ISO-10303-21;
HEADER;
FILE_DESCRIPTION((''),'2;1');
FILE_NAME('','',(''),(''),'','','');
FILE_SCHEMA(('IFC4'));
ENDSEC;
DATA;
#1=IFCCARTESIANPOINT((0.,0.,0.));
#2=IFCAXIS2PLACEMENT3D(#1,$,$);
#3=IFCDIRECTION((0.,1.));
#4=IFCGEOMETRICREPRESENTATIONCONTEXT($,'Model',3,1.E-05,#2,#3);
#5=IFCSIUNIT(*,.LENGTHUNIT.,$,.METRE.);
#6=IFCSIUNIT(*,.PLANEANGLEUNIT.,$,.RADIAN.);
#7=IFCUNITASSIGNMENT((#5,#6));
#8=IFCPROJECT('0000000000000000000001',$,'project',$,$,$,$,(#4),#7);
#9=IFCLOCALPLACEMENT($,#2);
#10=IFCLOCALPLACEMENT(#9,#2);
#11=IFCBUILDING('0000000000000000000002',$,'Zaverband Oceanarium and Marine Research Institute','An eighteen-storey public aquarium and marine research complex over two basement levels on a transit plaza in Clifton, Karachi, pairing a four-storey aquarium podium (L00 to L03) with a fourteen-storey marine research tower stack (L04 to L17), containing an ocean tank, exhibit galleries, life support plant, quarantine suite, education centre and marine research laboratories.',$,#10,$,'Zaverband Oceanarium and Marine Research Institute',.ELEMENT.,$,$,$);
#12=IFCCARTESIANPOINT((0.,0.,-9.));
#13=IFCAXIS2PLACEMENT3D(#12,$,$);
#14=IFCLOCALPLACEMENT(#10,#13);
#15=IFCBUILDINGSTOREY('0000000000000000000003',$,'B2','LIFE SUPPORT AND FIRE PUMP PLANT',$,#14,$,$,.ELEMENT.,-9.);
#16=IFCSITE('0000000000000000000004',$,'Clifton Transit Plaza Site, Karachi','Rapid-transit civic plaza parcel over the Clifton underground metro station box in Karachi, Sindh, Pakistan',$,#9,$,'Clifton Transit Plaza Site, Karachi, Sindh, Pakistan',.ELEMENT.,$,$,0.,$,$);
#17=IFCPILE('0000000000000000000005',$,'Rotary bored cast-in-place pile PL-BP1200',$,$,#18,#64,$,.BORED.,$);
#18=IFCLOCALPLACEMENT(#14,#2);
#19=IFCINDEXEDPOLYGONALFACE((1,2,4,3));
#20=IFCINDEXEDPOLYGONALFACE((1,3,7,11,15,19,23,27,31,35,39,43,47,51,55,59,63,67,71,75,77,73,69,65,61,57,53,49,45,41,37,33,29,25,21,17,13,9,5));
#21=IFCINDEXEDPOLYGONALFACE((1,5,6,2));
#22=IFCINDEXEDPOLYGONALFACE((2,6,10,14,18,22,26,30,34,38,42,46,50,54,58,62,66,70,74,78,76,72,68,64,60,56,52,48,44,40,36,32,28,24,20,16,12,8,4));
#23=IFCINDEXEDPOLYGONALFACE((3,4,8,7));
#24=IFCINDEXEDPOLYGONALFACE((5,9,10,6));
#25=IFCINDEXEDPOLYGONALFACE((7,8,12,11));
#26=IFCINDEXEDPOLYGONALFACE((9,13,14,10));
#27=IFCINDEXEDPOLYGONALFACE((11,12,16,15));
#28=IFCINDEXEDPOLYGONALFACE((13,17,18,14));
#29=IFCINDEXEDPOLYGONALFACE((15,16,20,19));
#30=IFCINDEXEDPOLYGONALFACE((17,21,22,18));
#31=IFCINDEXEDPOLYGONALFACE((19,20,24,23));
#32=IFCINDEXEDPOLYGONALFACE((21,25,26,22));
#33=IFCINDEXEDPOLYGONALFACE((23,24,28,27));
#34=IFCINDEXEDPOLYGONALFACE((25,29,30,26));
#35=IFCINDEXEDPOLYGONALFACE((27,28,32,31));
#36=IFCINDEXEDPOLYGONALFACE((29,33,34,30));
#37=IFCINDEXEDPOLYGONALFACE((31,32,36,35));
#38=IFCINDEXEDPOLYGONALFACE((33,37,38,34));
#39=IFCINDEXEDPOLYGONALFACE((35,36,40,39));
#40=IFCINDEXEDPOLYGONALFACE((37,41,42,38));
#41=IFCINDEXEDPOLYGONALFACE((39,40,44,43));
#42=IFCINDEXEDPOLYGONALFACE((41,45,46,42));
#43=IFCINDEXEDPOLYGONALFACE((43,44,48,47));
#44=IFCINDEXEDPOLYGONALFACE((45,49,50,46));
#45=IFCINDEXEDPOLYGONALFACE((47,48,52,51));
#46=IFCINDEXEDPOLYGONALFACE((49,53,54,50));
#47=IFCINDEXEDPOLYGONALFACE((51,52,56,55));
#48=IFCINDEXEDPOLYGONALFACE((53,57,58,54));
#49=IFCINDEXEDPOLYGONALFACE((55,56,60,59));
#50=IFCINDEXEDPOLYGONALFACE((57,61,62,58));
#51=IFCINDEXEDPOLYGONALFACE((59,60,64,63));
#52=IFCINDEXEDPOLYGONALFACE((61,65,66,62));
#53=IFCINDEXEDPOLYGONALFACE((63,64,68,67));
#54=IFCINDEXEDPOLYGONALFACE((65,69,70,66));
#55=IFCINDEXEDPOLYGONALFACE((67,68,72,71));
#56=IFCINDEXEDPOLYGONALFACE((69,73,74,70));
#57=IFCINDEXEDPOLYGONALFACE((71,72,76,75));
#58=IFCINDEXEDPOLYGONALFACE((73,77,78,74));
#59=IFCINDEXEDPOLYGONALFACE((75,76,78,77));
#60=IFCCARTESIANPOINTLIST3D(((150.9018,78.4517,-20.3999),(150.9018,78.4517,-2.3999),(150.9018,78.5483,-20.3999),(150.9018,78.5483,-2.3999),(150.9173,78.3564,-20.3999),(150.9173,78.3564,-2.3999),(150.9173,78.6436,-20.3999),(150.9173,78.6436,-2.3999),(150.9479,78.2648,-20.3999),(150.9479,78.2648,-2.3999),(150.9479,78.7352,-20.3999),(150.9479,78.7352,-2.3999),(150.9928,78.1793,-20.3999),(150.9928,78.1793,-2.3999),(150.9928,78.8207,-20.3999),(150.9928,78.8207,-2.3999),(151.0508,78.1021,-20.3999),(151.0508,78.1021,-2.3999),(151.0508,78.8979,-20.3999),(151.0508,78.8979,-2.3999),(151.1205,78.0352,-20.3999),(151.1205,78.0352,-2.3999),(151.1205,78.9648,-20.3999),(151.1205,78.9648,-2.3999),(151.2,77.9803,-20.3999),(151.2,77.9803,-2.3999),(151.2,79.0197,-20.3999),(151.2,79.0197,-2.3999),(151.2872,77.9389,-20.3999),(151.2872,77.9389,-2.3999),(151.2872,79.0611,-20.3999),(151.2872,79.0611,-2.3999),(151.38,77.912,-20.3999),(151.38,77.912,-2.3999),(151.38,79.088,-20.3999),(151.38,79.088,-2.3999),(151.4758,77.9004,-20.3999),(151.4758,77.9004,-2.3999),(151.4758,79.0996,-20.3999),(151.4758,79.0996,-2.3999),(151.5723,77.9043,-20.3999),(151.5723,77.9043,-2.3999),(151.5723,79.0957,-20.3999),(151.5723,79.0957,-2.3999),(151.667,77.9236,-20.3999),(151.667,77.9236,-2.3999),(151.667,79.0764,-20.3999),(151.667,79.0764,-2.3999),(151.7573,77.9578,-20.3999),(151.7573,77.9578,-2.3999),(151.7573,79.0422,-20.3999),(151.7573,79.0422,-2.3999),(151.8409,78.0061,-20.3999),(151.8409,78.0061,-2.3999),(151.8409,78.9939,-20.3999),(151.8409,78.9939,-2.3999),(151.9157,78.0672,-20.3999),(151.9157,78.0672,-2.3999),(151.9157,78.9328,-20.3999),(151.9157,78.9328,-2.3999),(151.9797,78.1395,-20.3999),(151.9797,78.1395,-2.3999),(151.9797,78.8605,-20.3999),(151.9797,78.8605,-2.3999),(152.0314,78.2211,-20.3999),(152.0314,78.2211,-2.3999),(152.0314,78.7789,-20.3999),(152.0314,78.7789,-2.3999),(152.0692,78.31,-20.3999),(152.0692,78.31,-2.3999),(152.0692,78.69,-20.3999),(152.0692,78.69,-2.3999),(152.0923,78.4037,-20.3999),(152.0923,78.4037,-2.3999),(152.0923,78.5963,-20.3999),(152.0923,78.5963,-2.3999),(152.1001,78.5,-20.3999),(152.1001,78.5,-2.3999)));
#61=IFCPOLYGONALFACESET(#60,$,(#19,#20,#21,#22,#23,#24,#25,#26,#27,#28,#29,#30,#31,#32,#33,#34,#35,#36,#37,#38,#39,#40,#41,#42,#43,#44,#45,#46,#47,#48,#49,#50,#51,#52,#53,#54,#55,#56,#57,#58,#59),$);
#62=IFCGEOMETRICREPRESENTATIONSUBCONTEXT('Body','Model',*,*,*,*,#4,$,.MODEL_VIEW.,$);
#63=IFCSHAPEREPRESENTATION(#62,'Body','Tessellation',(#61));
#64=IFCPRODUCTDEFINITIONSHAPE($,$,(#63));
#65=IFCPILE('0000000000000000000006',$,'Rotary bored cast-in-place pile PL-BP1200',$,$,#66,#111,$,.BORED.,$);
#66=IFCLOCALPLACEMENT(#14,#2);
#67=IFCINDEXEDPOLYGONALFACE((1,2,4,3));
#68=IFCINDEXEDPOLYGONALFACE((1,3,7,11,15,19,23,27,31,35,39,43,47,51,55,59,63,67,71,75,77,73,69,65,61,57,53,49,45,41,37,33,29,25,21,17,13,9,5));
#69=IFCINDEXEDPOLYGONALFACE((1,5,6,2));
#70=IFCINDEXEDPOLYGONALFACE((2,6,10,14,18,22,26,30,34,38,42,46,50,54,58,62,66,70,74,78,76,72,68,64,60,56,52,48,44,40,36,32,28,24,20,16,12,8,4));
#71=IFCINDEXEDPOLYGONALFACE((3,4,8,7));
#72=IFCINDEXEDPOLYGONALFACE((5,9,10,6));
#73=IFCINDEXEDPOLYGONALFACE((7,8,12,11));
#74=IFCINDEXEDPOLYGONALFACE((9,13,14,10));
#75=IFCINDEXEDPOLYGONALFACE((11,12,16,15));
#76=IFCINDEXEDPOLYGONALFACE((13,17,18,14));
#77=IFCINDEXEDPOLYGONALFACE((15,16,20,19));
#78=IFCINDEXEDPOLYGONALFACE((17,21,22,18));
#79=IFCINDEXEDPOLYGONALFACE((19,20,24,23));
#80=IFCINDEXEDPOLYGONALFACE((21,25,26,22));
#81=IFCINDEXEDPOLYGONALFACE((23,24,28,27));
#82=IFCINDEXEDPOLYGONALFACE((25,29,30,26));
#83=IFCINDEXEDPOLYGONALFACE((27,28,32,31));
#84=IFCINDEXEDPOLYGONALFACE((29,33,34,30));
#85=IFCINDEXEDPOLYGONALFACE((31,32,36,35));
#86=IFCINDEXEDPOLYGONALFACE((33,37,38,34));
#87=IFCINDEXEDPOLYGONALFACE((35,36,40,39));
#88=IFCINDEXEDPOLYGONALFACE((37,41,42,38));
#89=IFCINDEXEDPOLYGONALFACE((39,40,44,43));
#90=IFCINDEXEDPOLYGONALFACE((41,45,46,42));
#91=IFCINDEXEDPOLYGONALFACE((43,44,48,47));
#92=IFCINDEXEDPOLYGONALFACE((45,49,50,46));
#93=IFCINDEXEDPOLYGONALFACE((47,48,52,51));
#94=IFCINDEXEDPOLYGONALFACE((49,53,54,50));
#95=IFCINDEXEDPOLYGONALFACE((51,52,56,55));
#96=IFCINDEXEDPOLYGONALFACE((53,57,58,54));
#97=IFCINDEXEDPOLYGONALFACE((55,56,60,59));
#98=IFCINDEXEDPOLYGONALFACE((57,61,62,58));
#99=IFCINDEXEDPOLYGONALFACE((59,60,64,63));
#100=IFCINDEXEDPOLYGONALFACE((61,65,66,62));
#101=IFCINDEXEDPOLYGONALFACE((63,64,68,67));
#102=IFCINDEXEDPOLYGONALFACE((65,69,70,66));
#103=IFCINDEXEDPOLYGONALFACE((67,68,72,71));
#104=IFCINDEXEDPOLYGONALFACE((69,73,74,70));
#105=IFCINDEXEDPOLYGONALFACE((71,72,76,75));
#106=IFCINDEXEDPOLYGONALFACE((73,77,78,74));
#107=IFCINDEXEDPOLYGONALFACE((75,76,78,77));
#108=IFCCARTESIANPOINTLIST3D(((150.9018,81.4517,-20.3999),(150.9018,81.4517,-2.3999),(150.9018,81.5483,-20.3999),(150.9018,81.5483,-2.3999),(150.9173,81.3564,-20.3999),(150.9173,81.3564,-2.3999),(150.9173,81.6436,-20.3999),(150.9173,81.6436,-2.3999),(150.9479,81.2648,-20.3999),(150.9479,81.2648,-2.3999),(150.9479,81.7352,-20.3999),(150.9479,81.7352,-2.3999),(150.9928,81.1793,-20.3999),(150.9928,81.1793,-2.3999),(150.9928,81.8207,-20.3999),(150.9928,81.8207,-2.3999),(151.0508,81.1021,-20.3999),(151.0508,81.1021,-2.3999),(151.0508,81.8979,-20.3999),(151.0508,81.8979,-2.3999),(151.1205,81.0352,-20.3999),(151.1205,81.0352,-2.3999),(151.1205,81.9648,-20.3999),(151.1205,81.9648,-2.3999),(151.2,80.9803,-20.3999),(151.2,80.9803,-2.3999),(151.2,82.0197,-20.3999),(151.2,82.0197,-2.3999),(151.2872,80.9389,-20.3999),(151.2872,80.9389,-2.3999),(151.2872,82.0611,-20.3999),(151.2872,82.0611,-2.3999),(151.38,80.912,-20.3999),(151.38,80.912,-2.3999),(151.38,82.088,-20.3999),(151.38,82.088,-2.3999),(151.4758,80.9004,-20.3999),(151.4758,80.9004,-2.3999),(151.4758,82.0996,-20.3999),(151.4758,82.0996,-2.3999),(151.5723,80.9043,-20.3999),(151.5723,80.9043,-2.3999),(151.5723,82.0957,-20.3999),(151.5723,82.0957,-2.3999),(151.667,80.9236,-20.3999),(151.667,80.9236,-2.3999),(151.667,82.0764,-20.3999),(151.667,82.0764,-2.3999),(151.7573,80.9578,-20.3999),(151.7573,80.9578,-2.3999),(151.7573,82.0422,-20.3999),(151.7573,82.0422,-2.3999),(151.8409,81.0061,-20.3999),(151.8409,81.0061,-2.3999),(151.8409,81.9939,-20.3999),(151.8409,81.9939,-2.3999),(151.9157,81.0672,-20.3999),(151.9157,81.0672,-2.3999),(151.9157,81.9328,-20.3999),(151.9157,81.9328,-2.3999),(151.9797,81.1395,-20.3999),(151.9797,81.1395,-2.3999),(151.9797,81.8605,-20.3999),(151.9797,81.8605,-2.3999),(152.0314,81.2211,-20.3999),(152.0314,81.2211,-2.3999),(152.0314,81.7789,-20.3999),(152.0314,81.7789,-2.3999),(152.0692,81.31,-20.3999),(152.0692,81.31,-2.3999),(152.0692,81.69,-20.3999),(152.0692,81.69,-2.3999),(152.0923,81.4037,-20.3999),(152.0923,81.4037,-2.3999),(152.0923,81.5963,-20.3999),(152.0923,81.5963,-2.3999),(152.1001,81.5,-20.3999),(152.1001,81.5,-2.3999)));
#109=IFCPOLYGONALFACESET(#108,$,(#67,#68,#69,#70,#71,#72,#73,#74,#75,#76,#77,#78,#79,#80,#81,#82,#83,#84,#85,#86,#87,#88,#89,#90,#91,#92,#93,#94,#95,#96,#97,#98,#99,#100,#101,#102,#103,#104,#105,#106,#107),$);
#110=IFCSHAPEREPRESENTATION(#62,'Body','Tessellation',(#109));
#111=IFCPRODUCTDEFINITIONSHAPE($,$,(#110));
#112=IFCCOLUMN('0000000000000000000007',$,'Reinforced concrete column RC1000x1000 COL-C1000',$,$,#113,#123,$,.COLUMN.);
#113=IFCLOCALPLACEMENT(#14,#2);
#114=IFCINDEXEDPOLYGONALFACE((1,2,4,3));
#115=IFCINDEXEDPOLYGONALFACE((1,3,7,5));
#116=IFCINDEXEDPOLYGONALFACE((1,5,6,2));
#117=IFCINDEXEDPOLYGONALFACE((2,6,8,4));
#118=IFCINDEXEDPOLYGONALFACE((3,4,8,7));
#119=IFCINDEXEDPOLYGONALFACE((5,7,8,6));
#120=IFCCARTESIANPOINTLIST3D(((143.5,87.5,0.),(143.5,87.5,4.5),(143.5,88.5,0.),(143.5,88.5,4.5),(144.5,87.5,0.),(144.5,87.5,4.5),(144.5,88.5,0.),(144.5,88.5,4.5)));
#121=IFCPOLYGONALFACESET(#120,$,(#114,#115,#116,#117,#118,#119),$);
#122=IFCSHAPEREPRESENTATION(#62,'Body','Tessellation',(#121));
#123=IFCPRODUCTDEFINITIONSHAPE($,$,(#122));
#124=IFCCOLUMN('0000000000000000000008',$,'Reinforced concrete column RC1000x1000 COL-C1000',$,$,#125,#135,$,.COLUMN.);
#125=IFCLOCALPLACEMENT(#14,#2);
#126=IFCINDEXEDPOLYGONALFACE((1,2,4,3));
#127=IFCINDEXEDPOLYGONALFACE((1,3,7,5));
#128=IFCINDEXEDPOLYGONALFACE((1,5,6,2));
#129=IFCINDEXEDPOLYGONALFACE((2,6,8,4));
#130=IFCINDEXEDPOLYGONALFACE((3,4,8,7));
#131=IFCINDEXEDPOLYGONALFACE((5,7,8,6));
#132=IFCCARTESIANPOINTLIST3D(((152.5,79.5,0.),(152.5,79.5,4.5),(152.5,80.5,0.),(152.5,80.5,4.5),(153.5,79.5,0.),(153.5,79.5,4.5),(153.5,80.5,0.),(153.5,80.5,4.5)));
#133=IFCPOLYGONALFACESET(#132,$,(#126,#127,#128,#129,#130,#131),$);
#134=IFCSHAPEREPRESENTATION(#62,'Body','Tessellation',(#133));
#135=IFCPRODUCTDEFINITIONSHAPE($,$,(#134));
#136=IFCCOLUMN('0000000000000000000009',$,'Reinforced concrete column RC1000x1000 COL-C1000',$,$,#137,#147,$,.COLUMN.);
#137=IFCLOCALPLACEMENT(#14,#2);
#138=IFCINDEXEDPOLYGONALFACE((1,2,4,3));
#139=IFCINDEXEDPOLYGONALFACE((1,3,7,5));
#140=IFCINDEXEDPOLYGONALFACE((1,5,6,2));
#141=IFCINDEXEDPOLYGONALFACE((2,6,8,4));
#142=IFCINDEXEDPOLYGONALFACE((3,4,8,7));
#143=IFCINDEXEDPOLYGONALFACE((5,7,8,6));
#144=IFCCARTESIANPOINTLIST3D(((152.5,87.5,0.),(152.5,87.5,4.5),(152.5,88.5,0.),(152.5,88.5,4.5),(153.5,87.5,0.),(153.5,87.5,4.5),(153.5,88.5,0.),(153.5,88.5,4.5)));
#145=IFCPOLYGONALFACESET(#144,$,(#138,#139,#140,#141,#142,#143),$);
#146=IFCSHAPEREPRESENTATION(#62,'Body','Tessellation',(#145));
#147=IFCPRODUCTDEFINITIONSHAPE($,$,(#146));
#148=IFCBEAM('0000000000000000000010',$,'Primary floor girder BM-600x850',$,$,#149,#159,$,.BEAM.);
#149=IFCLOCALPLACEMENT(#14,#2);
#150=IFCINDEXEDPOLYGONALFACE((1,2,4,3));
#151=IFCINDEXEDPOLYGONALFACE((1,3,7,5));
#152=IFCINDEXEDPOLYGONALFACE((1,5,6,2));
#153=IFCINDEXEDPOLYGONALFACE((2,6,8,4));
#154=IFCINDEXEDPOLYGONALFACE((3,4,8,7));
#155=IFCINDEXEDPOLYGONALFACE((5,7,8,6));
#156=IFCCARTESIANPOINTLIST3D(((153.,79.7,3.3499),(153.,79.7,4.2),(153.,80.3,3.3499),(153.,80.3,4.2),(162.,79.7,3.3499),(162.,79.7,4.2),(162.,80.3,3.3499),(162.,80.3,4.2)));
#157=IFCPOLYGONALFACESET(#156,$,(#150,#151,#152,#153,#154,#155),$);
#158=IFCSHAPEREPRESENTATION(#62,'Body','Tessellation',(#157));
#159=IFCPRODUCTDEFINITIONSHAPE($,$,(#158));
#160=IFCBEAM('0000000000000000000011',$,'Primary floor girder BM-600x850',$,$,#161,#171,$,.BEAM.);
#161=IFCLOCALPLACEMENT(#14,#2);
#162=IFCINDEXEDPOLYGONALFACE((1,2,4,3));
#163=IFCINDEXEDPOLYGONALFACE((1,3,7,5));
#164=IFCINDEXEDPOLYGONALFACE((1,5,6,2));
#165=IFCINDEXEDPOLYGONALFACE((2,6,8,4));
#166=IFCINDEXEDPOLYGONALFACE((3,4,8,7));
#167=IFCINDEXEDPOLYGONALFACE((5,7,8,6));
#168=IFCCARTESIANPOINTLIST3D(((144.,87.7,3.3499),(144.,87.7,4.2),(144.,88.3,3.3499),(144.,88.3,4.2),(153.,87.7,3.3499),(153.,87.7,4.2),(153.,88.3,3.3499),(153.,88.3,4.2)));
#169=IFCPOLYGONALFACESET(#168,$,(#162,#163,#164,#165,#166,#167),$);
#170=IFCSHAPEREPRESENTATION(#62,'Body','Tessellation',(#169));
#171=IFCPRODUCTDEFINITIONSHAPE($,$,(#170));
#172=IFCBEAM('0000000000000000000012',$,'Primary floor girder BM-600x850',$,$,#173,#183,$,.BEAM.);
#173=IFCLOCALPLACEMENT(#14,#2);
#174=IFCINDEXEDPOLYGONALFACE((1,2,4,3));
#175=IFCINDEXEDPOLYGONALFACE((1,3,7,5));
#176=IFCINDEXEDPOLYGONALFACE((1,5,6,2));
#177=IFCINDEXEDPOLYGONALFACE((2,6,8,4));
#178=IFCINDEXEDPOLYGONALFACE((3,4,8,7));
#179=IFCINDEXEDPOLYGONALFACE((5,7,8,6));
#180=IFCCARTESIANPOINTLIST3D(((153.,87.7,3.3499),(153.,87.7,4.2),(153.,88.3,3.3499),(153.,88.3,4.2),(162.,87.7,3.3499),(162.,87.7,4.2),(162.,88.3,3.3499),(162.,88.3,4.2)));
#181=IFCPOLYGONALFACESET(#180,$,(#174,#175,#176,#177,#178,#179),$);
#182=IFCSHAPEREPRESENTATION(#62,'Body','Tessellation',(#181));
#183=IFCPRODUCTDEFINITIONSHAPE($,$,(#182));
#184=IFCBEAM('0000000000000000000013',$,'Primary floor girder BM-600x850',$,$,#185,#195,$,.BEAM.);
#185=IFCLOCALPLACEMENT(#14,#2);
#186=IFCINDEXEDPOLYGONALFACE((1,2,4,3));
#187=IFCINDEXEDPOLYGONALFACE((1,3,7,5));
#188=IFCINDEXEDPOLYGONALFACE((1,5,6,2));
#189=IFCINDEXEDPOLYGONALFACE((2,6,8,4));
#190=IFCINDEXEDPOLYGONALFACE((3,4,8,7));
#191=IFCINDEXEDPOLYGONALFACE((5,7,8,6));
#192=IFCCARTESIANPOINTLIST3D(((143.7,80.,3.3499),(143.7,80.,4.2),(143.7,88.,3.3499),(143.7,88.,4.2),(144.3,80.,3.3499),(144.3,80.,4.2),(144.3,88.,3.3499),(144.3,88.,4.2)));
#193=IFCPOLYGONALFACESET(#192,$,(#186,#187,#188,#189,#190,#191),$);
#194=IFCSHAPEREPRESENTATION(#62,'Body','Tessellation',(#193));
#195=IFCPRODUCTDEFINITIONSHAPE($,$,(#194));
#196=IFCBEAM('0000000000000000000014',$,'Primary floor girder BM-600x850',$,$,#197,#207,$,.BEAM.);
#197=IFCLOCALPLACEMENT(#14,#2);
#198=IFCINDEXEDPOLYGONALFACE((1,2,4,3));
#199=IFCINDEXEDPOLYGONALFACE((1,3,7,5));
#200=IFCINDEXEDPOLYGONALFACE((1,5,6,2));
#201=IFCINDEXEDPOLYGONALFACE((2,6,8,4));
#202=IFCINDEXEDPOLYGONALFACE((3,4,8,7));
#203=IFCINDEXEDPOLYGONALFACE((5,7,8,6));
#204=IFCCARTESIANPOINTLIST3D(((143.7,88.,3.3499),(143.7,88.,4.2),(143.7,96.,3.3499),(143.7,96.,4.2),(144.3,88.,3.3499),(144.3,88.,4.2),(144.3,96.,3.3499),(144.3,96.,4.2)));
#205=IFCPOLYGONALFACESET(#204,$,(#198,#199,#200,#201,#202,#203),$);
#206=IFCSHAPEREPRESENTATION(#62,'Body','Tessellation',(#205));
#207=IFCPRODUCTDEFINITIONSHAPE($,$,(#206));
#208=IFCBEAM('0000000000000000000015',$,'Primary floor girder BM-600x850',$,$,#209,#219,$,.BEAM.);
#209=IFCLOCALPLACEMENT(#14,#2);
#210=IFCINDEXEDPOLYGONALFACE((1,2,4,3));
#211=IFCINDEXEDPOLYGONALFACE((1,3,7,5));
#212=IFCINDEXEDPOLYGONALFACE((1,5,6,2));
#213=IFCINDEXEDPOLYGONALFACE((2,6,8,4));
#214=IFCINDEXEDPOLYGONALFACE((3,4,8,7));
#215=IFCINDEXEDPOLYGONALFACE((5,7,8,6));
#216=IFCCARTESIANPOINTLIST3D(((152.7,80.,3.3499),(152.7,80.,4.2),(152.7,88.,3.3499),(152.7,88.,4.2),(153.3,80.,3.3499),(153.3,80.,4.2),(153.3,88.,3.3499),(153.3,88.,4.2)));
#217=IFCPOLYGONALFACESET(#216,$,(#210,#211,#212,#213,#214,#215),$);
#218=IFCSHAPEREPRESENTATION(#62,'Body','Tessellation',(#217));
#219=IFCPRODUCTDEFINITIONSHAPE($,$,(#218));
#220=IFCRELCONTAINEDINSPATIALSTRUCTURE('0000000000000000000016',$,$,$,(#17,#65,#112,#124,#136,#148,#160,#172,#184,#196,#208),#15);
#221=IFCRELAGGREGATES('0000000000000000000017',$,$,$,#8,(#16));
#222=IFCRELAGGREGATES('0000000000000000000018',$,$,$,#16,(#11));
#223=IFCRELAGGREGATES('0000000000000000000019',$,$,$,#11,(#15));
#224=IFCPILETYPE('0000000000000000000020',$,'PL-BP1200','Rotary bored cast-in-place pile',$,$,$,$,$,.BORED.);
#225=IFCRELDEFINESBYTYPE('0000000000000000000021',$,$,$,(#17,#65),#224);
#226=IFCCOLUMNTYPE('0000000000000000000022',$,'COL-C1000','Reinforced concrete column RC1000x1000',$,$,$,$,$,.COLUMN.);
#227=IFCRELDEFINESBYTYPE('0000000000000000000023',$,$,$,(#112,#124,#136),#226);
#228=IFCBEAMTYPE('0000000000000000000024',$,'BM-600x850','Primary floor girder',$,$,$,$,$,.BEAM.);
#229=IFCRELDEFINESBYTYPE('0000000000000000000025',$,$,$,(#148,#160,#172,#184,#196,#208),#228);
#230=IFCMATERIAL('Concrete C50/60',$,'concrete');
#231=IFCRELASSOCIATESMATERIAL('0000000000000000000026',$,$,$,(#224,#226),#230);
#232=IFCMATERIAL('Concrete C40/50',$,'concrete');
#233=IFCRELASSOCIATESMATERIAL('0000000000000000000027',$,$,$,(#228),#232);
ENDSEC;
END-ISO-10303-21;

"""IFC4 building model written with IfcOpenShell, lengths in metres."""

from ifc_helpers import new_model, si_unit, direction, frame, origin, origin_2d, place, context, subcontext, project, spatial, rectangle, circle, extrude, material, material_profile, profile_set, type_object, element, save


model = new_model("IFC4")

# Units and contexts
model_context = context("Model", 3, precision=1e-05, world=origin(), true_north=direction((0.0, 1.0)))
body_context = subcontext(model_context, "Body", "Model", "MODEL_VIEW")
ifc_project = project(units=[si_unit("LENGTHUNIT", "METRE"), si_unit("PLANEANGLEUNIT", "RADIAN")], contexts=[model_context])

# Site, building, storey
site_placement = place(None, origin())
site = spatial("IfcSite", under=ifc_project, at=site_placement, Name="Clifton Transit Plaza Site, Karachi", Description="Rapid-transit civic plaza parcel over the Clifton underground metro station box in Karachi, Sindh, Pakistan", LongName="Clifton Transit Plaza Site, Karachi, Sindh, Pakistan", CompositionType="ELEMENT", RefElevation=0.0)
building_placement = place(site_placement, origin())
building = spatial("IfcBuilding", under=site, at=building_placement, Name="Zaverband Oceanarium and Marine Research Institute", Description="An eighteen-storey public aquarium and marine research complex over two basement levels on a transit plaza in Clifton, Karachi, pairing a four-storey aquarium podium (L00 to L03) with a fourteen-storey marine research tower stack (L04 to L17), containing an ocean tank, exhibit galleries, life support plant, quarantine suite, education centre and marine research laboratories.", LongName="Zaverband Oceanarium and Marine Research Institute", CompositionType="ELEMENT")
storey_placement = place(building_placement, frame((0.0, 0.0, -9.0)))
storey = spatial("IfcBuildingStorey", under=building, at=storey_placement, Name="B2", Description="LIFE SUPPORT AND FIRE PUMP PLANT", CompositionType="ELEMENT", Elevation=-9.0)

# Shared definitions
ifc_material_1 = material(Name="Concrete C50/60", Category="concrete")

# Piles
ifc_material_profile_1 = material_profile(ifc_material_1, circle(Radius=0.6001, at=origin_2d()), Name="BP1200")
ifc_profile_set_1 = profile_set([ifc_material_profile_1], Name="Concrete C50/60")
pile_type_1 = type_object("IfcPileType", Name="PL-BP1200", Description="Rotary bored cast-in-place pile", PredefinedType="BORED", material=ifc_profile_set_1)
for number, where, z_axis, x_axis, name in (
    (1, (151.5, 78.5, -2.3999), (0.0, 0.0, -1.0), (1.0, 0.0, 0.0), "Rotary bored cast-in-place pile PL-BP1200"),
    (2, (151.5, 81.5, -2.3999), (0.0, 0.0, -1.0), (1.0, 0.0, 0.0), "Rotary bored cast-in-place pile PL-BP1200"),
):
    element("IfcPile", number, at=place(storey_placement, frame(where, z_axis=z_axis, x_axis=x_axis)), inside=storey, type_object=pile_type_1, Name=name, PredefinedType="BORED", context=body_context, shape_type="SweptSolid", body=[
        extrude(circle(Radius=0.6001, at=origin_2d()), origin(), (0.0, 0.0, 1.0), 18.0),
    ])

# Columns
ifc_material_profile_2 = material_profile(ifc_material_1, rectangle(XDim=1.0, YDim=1.0, at=origin_2d()), Name="RC1000x1000")
ifc_profile_set_2 = profile_set([ifc_material_profile_2], Name="Concrete C50/60")
column_type = type_object("IfcColumnType", Name="COL-C1000", Description="Reinforced concrete column RC1000x1000", PredefinedType="COLUMN", material=ifc_profile_set_2)
for number, where, z_axis, x_axis, name in (
    (3, (144.0, 88.0, 0.0), (0.0, 0.0, 1.0), (1.0, 0.0, 0.0), "Reinforced concrete column RC1000x1000 COL-C1000"),
    (4, (153.0, 80.0, 0.0), (0.0, 0.0, 1.0), (1.0, 0.0, 0.0), "Reinforced concrete column RC1000x1000 COL-C1000"),
    (5, (153.0, 88.0, 0.0), (0.0, 0.0, 1.0), (1.0, 0.0, 0.0), "Reinforced concrete column RC1000x1000 COL-C1000"),
):
    element("IfcColumn", number, at=place(storey_placement, frame(where, z_axis=z_axis, x_axis=x_axis)), inside=storey, type_object=column_type, Name=name, PredefinedType="COLUMN", context=body_context, shape_type="SweptSolid", body=[
        extrude(rectangle(XDim=1.0, YDim=1.0, at=origin_2d()), origin(), (0.0, 0.0, 1.0), 4.5),
    ])

# Beams
ifc_material_2 = material(Name="Concrete C40/50", Category="concrete")
ifc_material_profile_3 = material_profile(ifc_material_2, rectangle(XDim=0.6001, YDim=0.8501, at=origin_2d()), Name="RC600x850")
ifc_profile_set_3 = profile_set([ifc_material_profile_3], Name="Concrete C40/50")
beam_type_1 = type_object("IfcBeamType", Name="BM-600x850", Description="Primary floor girder", PredefinedType="BEAM", material=ifc_profile_set_3)
for number, where, z_axis, x_axis, name in (
    (6, (153.0, 80.0, 3.7749), (1.0, 0.0, 0.0), (0.0, 1.0, 0.0), "Primary floor girder BM-600x850"),
    (7, (144.0, 88.0, 3.7749), (1.0, 0.0, 0.0), (0.0, 1.0, 0.0), "Primary floor girder BM-600x850"),
    (8, (153.0, 88.0, 3.7749), (1.0, 0.0, 0.0), (0.0, 1.0, 0.0), "Primary floor girder BM-600x850"),
):
    element("IfcBeam", number, at=place(storey_placement, frame(where, z_axis=z_axis, x_axis=x_axis)), inside=storey, type_object=beam_type_1, Name=name, PredefinedType="BEAM", context=body_context, shape_type="SweptSolid", body=[
        extrude(rectangle(XDim=0.6001, YDim=0.8501, at=origin_2d()), origin(), (0.0, 0.0, 1.0), 9.0),
    ])
for number, where, z_axis, x_axis, name in (
    (9, (144.0, 80.0, 3.7749), (0.0, 1.0, 0.0), (-1.0, 0.0, 0.0), "Primary floor girder BM-600x850"),
    (10, (144.0, 88.0, 3.7749), (0.0, 1.0, 0.0), (-1.0, 0.0, 0.0), "Primary floor girder BM-600x850"),
    (11, (153.0, 80.0, 3.7749), (0.0, 1.0, 0.0), (-1.0, 0.0, 0.0), "Primary floor girder BM-600x850"),
):
    element("IfcBeam", number, at=place(storey_placement, frame(where, z_axis=z_axis, x_axis=x_axis)), inside=storey, type_object=beam_type_1, Name=name, PredefinedType="BEAM", context=body_context, shape_type="SweptSolid", body=[
        extrude(rectangle(XDim=0.6001, YDim=0.8501, at=origin_2d()), origin(), (0.0, 0.0, 1.0), 8.0),
    ])

save(model, "model.ifc")
